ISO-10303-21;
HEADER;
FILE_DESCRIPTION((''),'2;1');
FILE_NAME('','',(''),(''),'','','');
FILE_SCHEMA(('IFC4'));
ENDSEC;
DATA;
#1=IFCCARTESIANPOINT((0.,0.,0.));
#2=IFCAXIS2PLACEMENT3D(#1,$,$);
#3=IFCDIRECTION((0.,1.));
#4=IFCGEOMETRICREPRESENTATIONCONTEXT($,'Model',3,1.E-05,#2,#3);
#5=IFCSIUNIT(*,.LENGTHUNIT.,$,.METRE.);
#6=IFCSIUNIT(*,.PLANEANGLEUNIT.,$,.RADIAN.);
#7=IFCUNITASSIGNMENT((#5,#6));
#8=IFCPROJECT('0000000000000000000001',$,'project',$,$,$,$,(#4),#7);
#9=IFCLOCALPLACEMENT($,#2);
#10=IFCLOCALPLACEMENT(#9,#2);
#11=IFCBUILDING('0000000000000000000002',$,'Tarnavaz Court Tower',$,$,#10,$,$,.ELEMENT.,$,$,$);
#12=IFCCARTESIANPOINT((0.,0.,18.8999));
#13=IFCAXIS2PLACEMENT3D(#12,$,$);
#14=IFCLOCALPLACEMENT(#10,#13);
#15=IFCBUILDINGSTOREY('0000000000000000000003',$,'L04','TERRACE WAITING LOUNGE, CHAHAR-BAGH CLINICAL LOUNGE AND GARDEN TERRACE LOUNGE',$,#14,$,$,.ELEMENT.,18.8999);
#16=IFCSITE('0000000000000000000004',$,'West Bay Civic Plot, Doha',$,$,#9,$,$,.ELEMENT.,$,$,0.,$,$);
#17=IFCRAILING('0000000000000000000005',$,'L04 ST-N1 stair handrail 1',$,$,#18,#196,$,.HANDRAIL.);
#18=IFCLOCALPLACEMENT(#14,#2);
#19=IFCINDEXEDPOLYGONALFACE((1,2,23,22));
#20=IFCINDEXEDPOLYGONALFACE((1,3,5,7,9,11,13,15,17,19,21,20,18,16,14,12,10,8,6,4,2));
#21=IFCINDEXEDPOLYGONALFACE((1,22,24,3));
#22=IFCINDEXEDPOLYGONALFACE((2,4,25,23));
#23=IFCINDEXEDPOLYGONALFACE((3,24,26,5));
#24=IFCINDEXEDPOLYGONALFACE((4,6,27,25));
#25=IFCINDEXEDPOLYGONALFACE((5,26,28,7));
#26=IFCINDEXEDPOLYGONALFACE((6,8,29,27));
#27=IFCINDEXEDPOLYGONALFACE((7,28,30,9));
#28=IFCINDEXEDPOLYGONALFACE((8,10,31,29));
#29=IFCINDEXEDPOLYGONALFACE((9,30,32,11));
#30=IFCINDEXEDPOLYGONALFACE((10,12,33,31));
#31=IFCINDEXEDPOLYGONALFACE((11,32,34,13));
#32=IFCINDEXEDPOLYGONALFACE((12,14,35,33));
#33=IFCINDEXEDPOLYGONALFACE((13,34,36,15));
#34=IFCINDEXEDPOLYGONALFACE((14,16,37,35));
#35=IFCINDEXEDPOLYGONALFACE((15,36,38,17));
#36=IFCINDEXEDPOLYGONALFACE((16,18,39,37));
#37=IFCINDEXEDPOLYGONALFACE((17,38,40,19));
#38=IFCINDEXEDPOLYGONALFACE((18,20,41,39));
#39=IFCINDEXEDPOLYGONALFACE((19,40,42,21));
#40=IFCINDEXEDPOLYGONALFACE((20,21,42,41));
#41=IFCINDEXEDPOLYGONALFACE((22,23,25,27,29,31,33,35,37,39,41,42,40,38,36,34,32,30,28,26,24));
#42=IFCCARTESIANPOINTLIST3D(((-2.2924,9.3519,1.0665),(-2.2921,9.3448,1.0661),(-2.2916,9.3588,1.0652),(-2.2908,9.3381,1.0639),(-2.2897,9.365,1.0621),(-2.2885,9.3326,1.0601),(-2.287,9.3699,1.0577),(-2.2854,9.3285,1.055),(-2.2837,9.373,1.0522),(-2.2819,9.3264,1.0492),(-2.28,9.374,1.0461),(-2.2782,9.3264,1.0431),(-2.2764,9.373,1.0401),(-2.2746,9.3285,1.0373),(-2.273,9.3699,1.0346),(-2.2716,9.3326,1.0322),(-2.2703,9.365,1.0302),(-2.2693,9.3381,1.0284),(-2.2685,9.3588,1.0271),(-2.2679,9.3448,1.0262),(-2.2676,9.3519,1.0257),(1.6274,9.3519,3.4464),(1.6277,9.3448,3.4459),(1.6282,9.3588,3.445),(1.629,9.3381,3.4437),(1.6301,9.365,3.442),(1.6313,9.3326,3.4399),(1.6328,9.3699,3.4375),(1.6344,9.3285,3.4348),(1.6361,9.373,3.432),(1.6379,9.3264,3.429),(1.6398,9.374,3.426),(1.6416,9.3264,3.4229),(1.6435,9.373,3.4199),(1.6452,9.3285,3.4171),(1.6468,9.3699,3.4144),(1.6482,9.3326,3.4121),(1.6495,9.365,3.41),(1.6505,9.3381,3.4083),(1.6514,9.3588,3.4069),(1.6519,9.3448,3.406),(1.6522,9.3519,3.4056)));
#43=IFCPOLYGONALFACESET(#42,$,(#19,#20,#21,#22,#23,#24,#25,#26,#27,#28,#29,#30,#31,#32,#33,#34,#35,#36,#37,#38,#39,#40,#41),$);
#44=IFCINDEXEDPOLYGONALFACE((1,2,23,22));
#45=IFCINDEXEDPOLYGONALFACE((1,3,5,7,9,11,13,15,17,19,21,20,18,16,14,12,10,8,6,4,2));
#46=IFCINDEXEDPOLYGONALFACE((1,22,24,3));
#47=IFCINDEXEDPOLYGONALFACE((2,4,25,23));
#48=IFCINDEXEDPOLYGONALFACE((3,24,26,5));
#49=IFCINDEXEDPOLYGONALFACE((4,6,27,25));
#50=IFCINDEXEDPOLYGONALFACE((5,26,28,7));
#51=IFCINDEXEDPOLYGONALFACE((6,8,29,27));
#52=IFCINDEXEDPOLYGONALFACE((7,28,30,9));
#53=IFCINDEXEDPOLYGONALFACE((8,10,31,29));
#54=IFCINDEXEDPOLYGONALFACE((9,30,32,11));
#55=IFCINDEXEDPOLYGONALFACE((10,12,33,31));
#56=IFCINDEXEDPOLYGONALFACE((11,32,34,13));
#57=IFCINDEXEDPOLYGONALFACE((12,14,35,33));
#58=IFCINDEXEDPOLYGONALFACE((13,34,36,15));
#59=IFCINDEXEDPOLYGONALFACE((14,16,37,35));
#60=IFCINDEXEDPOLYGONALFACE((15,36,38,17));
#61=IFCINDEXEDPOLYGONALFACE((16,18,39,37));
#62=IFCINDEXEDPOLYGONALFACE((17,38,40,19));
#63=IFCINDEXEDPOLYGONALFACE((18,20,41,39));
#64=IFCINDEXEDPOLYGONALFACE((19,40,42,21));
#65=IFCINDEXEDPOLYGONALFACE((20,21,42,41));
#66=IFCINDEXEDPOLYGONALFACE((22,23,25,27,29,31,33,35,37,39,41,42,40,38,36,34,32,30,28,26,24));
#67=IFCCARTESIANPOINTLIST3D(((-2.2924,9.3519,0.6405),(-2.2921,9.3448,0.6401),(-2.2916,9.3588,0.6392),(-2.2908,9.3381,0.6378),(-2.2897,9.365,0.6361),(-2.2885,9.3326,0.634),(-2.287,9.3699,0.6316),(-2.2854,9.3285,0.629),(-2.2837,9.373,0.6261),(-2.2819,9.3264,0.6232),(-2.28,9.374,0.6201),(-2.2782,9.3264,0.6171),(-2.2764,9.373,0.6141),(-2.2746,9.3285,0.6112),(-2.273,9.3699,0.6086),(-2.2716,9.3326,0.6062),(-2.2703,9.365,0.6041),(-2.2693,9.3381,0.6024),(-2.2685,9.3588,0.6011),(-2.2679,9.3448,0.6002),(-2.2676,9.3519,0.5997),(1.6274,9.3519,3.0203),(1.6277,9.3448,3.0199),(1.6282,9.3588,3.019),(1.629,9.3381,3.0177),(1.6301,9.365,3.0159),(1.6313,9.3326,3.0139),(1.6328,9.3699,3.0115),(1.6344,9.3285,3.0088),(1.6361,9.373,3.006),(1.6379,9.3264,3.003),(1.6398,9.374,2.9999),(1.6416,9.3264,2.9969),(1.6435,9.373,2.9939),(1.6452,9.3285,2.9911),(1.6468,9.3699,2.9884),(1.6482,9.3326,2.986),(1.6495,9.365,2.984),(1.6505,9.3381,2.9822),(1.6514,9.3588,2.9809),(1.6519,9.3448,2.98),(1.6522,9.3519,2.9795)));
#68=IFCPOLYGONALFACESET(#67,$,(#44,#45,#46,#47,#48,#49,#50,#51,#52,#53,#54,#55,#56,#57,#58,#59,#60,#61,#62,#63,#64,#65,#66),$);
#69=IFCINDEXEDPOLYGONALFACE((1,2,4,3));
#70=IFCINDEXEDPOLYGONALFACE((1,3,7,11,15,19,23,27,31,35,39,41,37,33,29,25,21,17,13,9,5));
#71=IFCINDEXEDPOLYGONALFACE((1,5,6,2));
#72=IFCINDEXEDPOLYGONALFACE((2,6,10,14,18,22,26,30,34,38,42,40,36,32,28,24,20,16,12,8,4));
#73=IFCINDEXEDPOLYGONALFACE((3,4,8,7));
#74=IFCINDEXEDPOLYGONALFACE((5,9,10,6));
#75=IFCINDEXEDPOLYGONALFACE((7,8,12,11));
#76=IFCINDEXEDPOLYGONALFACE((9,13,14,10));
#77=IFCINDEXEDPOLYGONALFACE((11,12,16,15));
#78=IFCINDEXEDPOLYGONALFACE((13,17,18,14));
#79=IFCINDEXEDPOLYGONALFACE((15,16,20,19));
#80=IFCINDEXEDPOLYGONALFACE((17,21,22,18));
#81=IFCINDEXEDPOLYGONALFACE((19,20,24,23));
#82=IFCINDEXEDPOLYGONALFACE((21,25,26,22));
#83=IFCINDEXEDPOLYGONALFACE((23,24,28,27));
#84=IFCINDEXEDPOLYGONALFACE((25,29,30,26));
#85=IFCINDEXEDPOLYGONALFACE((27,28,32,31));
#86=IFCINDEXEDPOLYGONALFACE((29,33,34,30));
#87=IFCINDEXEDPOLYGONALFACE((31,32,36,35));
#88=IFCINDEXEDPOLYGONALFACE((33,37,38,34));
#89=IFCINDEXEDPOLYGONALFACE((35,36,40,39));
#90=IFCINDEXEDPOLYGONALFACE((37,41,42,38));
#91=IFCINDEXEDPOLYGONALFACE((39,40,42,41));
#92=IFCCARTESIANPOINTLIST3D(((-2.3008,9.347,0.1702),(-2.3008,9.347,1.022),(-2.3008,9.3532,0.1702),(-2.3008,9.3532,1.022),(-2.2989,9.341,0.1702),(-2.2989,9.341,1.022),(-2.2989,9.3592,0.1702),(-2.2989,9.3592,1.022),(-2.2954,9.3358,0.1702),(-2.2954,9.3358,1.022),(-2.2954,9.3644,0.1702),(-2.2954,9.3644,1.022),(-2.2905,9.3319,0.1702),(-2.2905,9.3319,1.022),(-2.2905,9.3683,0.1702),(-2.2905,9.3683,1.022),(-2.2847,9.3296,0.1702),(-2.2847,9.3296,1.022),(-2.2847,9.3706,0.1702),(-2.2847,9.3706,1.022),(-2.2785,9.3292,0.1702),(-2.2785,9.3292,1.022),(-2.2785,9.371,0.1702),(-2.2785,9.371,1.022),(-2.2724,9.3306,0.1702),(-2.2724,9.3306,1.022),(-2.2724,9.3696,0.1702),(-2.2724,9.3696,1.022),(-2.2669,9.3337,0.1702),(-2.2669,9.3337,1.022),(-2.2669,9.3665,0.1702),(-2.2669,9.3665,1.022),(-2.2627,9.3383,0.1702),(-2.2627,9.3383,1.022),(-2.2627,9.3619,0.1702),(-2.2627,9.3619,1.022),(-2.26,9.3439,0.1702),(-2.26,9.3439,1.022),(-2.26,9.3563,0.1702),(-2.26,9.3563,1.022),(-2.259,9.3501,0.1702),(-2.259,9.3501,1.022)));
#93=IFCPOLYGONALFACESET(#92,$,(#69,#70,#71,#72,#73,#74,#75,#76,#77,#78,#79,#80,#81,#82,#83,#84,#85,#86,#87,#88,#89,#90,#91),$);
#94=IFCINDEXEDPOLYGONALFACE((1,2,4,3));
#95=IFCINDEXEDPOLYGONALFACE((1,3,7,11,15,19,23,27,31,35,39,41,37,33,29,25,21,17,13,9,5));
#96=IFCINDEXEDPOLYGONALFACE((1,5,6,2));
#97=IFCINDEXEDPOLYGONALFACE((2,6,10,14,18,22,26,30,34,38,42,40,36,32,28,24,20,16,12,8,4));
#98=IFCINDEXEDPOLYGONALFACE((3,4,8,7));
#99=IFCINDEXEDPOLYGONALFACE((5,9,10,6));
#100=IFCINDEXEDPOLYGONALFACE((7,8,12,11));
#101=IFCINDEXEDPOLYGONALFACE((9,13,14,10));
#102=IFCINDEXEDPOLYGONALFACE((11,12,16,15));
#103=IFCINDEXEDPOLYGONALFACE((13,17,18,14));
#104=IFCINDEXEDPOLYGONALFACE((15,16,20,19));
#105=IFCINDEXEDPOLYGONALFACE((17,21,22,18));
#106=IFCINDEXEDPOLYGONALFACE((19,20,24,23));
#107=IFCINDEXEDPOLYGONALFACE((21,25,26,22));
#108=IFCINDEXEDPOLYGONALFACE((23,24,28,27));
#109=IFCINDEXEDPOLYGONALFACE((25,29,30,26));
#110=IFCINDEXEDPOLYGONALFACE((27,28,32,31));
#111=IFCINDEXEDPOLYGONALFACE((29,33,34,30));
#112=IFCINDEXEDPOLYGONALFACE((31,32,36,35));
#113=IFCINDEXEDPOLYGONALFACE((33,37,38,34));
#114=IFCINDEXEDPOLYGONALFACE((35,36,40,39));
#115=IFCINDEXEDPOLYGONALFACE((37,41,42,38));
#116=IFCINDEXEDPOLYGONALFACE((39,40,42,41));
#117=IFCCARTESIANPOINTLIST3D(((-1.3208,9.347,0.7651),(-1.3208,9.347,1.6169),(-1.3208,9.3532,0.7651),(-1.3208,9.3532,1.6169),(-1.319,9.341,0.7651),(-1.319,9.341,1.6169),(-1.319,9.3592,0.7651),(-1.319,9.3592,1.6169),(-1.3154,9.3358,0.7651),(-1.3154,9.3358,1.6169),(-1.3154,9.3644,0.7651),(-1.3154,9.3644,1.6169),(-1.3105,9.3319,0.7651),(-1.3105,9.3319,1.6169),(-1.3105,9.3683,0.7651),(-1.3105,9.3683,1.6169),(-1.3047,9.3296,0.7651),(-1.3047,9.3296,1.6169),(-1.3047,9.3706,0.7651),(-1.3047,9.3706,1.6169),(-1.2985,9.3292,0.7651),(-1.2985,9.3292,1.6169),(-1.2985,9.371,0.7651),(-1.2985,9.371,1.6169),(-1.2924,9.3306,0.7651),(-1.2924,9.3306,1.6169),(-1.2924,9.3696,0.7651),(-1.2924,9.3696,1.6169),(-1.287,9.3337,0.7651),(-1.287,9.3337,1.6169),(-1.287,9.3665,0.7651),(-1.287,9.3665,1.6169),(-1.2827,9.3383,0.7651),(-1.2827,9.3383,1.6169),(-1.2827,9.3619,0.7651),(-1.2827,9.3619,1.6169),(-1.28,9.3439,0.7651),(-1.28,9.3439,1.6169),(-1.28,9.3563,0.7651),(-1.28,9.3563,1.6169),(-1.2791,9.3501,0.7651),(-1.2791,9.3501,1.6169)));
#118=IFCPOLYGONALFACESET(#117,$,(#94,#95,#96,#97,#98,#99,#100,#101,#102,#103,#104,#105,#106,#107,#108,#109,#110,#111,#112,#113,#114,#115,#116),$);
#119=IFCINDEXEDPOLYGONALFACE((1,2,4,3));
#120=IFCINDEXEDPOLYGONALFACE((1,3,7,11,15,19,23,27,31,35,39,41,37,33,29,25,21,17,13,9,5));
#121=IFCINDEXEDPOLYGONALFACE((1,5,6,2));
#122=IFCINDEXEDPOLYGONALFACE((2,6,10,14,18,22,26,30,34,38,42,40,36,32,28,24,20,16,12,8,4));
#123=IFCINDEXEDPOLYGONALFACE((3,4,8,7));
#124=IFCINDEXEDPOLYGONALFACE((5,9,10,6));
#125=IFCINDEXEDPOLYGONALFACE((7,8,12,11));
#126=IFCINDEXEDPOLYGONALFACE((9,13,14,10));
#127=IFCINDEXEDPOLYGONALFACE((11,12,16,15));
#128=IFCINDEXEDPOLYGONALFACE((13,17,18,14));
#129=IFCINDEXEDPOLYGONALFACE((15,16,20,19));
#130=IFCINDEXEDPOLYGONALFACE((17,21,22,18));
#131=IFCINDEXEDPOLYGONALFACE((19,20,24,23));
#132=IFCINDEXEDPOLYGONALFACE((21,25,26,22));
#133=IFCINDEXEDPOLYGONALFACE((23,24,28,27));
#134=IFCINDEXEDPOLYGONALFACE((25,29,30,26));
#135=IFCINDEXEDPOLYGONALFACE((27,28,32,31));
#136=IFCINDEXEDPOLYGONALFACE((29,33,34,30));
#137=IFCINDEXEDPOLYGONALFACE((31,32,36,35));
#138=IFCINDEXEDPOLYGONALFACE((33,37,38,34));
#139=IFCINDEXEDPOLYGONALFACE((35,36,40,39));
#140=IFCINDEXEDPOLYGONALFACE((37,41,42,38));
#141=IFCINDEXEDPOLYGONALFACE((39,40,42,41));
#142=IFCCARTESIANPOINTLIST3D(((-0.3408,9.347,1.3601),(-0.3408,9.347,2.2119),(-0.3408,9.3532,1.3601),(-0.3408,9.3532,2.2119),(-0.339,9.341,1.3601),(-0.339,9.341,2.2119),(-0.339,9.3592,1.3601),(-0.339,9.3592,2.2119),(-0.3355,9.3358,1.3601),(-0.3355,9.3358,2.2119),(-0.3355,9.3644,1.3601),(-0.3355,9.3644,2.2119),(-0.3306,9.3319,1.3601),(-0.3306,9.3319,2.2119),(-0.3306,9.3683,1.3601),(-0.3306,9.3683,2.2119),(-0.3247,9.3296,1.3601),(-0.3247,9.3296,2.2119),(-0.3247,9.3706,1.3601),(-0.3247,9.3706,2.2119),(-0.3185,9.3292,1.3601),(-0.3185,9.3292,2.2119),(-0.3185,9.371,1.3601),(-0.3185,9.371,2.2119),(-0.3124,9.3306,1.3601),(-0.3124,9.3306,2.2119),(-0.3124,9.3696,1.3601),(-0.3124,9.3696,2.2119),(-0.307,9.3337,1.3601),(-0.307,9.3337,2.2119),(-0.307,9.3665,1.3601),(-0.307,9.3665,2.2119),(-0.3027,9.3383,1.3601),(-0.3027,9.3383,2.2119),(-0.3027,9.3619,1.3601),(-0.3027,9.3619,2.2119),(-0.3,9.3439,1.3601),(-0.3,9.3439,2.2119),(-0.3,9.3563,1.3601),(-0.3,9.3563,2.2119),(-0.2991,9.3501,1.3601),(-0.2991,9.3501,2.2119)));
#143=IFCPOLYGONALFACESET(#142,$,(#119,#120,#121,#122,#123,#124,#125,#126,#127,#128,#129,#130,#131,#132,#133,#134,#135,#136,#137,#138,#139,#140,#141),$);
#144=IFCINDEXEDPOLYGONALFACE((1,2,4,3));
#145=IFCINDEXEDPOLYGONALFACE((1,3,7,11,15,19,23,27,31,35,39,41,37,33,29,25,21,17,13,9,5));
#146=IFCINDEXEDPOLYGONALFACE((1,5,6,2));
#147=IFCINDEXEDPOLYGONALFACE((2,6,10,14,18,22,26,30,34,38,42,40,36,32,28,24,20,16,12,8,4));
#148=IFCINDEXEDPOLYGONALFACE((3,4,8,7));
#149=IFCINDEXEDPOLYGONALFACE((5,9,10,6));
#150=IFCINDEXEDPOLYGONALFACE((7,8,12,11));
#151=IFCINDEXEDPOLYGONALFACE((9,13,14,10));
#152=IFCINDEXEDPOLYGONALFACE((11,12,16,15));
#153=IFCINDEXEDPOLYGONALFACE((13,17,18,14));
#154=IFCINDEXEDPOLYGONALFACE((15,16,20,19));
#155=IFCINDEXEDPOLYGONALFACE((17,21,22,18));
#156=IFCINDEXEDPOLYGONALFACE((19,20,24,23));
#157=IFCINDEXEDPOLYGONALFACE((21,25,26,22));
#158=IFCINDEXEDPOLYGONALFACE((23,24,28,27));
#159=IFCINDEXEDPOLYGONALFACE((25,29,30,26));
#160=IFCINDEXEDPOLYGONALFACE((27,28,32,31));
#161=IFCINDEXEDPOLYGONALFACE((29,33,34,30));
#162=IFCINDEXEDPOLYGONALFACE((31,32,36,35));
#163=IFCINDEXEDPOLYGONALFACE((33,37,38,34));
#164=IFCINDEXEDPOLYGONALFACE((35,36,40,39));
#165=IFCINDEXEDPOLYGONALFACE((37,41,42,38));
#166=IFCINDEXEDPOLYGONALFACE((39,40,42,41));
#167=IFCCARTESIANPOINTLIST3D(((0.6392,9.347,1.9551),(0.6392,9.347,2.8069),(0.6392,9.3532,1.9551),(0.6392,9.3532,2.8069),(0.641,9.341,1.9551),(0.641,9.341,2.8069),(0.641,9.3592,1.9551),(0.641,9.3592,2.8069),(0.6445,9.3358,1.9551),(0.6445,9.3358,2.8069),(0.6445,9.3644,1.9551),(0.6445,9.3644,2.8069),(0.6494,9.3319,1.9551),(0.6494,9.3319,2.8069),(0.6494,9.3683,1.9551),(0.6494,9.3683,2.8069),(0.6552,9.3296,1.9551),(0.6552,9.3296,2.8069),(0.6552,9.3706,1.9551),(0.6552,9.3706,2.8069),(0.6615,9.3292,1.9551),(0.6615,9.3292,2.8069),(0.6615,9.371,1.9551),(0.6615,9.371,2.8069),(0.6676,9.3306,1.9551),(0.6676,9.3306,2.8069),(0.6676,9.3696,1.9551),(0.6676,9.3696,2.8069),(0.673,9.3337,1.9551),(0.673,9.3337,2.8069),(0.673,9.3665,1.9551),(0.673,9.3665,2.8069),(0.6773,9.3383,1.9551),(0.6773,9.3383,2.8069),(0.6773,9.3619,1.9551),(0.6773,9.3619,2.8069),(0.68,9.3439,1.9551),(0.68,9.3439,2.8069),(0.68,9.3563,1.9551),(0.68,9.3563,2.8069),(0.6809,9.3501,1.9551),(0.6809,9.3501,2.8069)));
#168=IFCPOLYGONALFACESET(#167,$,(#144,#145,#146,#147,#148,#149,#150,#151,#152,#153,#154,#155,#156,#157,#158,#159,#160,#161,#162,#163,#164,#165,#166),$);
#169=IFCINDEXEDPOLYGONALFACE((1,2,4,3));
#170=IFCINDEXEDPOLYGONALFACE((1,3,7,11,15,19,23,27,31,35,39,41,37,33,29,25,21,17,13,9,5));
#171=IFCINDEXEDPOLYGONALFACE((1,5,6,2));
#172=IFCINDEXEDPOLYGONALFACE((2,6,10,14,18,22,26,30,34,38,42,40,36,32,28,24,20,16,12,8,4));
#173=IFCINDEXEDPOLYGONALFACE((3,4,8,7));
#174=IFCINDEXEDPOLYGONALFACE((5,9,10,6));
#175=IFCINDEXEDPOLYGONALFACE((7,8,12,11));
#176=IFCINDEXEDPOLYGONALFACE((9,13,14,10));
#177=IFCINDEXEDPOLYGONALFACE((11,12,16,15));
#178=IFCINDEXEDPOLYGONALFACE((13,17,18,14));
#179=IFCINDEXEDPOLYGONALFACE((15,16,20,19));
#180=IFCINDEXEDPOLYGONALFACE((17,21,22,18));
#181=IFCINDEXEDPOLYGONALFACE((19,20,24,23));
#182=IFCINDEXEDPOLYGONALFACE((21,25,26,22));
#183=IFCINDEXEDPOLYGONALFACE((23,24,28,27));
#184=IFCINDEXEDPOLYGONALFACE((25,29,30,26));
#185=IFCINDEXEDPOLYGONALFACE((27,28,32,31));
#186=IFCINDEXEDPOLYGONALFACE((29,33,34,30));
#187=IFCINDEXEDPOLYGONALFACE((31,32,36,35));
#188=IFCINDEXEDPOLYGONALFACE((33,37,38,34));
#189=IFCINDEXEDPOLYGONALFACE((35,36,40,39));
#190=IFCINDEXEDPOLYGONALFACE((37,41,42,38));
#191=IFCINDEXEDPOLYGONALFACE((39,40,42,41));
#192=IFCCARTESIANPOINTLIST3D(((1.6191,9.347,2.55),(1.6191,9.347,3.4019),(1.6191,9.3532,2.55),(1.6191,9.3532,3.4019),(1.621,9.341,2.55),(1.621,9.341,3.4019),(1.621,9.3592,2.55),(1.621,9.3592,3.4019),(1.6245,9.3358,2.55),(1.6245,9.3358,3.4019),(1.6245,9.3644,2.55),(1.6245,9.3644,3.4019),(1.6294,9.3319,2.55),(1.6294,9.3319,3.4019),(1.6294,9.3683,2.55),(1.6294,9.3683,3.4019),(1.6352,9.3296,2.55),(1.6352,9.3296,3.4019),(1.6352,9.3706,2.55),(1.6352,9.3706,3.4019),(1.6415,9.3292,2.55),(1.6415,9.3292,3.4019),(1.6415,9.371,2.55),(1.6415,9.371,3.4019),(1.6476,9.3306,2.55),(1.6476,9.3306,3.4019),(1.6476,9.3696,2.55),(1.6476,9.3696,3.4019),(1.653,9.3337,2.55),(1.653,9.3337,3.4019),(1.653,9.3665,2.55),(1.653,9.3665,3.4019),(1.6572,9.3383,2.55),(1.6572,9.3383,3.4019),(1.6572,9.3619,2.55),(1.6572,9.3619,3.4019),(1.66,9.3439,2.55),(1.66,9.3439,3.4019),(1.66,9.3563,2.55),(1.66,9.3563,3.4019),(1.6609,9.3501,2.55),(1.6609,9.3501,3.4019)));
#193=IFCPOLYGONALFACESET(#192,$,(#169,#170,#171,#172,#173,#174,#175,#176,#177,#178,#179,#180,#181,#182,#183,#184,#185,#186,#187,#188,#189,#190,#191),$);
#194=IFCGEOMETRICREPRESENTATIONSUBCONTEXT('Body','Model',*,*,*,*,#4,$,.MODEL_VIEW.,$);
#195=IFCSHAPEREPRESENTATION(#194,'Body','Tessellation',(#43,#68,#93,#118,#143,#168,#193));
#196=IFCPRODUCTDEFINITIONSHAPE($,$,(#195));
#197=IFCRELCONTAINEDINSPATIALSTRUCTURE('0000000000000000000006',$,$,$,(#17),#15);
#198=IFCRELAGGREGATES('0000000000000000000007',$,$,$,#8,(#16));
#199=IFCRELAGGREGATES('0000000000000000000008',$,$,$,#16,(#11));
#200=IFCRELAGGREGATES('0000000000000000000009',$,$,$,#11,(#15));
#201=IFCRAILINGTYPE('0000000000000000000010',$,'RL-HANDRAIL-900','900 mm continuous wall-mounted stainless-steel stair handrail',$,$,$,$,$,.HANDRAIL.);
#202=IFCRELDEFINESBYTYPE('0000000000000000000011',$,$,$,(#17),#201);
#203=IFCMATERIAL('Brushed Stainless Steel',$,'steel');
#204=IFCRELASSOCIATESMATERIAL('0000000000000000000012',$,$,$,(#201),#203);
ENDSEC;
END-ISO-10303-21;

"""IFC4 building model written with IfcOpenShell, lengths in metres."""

from ifc_helpers import new_model, si_unit, direction, frame, origin, origin_2d, place, context, subcontext, project, spatial, circle, extrude, material, type_object, element, save


model = new_model("IFC4")

# Units and contexts
model_context = context("Model", 3, precision=1e-05, world=origin(), true_north=direction((0.0, 1.0)))
body_context = subcontext(model_context, "Body", "Model", "MODEL_VIEW")
ifc_project = project(units=[si_unit("LENGTHUNIT", "METRE"), si_unit("PLANEANGLEUNIT", "RADIAN")], contexts=[model_context])

# Site, building, storey
site_placement = place(None, origin())
site = spatial("IfcSite", under=ifc_project, at=site_placement, Name="West Bay Civic Plot, Doha", CompositionType="ELEMENT", RefElevation=0.0)
building_placement = place(site_placement, origin())
building = spatial("IfcBuilding", under=site, at=building_placement, Name="Tarnavaz Court Tower", CompositionType="ELEMENT")
storey_placement = place(building_placement, frame((0.0, 0.0, 18.8999)))
storey = spatial("IfcBuildingStorey", under=building, at=storey_placement, Name="L04", Description="TERRACE WAITING LOUNGE, CHAHAR-BAGH CLINICAL LOUNGE AND GARDEN TERRACE LOUNGE", CompositionType="ELEMENT", Elevation=18.8999)

# Railing
ifc_material_1 = material(Name="Brushed Stainless Steel", Category="steel")
railing_type_1 = type_object("IfcRailingType", Name="RL-HANDRAIL-900", Description="900 mm continuous wall-mounted stainless-steel stair handrail", PredefinedType="HANDRAIL", material=ifc_material_1)
railing_1_placement = place(storey_placement, frame((-2.28, 9.3501, 0.1702)))
element("IfcRailing", 1, at=railing_1_placement, inside=storey, type_object=railing_type_1, Name="L04 ST-N1 stair handrail 1", PredefinedType="HANDRAIL", context=body_context, shape_type="SweptSolid", body=[
    extrude(circle(Radius=0.0239, at=origin_2d()), frame((0.0, 0.0, 0.876), z_axis=(0.854794, 0.0, 0.518967), x_axis=(0.0, 1.0, 0.0)), (0.0, 0.0, 1.0), 4.5857),
    extrude(circle(Radius=0.0239, at=origin_2d()), frame((0.0, 0.0, 0.45), z_axis=(0.854794, 0.0, 0.518967), x_axis=(0.0, 1.0, 0.0)), (0.0, 0.0, 1.0), 4.5857),
    extrude(circle(Radius=0.021, at=origin_2d()), origin(), (0.0, 0.0, 1.0), 0.8518),
    extrude(circle(Radius=0.021, at=origin_2d()), frame((0.98, 0.0, 0.595)), (0.0, 0.0, 1.0), 0.8518),
    extrude(circle(Radius=0.021, at=origin_2d()), frame((1.96, 0.0, 1.1899)), (0.0, 0.0, 1.0), 0.8518),
    extrude(circle(Radius=0.021, at=origin_2d()), frame((2.9399, 0.0, 1.7849)), (0.0, 0.0, 1.0), 0.8518),
    extrude(circle(Radius=0.021, at=origin_2d()), frame((3.9199, 0.0, 2.3799)), (0.0, 0.0, 1.0), 0.8518),
])

save(model, "model.ifc")
